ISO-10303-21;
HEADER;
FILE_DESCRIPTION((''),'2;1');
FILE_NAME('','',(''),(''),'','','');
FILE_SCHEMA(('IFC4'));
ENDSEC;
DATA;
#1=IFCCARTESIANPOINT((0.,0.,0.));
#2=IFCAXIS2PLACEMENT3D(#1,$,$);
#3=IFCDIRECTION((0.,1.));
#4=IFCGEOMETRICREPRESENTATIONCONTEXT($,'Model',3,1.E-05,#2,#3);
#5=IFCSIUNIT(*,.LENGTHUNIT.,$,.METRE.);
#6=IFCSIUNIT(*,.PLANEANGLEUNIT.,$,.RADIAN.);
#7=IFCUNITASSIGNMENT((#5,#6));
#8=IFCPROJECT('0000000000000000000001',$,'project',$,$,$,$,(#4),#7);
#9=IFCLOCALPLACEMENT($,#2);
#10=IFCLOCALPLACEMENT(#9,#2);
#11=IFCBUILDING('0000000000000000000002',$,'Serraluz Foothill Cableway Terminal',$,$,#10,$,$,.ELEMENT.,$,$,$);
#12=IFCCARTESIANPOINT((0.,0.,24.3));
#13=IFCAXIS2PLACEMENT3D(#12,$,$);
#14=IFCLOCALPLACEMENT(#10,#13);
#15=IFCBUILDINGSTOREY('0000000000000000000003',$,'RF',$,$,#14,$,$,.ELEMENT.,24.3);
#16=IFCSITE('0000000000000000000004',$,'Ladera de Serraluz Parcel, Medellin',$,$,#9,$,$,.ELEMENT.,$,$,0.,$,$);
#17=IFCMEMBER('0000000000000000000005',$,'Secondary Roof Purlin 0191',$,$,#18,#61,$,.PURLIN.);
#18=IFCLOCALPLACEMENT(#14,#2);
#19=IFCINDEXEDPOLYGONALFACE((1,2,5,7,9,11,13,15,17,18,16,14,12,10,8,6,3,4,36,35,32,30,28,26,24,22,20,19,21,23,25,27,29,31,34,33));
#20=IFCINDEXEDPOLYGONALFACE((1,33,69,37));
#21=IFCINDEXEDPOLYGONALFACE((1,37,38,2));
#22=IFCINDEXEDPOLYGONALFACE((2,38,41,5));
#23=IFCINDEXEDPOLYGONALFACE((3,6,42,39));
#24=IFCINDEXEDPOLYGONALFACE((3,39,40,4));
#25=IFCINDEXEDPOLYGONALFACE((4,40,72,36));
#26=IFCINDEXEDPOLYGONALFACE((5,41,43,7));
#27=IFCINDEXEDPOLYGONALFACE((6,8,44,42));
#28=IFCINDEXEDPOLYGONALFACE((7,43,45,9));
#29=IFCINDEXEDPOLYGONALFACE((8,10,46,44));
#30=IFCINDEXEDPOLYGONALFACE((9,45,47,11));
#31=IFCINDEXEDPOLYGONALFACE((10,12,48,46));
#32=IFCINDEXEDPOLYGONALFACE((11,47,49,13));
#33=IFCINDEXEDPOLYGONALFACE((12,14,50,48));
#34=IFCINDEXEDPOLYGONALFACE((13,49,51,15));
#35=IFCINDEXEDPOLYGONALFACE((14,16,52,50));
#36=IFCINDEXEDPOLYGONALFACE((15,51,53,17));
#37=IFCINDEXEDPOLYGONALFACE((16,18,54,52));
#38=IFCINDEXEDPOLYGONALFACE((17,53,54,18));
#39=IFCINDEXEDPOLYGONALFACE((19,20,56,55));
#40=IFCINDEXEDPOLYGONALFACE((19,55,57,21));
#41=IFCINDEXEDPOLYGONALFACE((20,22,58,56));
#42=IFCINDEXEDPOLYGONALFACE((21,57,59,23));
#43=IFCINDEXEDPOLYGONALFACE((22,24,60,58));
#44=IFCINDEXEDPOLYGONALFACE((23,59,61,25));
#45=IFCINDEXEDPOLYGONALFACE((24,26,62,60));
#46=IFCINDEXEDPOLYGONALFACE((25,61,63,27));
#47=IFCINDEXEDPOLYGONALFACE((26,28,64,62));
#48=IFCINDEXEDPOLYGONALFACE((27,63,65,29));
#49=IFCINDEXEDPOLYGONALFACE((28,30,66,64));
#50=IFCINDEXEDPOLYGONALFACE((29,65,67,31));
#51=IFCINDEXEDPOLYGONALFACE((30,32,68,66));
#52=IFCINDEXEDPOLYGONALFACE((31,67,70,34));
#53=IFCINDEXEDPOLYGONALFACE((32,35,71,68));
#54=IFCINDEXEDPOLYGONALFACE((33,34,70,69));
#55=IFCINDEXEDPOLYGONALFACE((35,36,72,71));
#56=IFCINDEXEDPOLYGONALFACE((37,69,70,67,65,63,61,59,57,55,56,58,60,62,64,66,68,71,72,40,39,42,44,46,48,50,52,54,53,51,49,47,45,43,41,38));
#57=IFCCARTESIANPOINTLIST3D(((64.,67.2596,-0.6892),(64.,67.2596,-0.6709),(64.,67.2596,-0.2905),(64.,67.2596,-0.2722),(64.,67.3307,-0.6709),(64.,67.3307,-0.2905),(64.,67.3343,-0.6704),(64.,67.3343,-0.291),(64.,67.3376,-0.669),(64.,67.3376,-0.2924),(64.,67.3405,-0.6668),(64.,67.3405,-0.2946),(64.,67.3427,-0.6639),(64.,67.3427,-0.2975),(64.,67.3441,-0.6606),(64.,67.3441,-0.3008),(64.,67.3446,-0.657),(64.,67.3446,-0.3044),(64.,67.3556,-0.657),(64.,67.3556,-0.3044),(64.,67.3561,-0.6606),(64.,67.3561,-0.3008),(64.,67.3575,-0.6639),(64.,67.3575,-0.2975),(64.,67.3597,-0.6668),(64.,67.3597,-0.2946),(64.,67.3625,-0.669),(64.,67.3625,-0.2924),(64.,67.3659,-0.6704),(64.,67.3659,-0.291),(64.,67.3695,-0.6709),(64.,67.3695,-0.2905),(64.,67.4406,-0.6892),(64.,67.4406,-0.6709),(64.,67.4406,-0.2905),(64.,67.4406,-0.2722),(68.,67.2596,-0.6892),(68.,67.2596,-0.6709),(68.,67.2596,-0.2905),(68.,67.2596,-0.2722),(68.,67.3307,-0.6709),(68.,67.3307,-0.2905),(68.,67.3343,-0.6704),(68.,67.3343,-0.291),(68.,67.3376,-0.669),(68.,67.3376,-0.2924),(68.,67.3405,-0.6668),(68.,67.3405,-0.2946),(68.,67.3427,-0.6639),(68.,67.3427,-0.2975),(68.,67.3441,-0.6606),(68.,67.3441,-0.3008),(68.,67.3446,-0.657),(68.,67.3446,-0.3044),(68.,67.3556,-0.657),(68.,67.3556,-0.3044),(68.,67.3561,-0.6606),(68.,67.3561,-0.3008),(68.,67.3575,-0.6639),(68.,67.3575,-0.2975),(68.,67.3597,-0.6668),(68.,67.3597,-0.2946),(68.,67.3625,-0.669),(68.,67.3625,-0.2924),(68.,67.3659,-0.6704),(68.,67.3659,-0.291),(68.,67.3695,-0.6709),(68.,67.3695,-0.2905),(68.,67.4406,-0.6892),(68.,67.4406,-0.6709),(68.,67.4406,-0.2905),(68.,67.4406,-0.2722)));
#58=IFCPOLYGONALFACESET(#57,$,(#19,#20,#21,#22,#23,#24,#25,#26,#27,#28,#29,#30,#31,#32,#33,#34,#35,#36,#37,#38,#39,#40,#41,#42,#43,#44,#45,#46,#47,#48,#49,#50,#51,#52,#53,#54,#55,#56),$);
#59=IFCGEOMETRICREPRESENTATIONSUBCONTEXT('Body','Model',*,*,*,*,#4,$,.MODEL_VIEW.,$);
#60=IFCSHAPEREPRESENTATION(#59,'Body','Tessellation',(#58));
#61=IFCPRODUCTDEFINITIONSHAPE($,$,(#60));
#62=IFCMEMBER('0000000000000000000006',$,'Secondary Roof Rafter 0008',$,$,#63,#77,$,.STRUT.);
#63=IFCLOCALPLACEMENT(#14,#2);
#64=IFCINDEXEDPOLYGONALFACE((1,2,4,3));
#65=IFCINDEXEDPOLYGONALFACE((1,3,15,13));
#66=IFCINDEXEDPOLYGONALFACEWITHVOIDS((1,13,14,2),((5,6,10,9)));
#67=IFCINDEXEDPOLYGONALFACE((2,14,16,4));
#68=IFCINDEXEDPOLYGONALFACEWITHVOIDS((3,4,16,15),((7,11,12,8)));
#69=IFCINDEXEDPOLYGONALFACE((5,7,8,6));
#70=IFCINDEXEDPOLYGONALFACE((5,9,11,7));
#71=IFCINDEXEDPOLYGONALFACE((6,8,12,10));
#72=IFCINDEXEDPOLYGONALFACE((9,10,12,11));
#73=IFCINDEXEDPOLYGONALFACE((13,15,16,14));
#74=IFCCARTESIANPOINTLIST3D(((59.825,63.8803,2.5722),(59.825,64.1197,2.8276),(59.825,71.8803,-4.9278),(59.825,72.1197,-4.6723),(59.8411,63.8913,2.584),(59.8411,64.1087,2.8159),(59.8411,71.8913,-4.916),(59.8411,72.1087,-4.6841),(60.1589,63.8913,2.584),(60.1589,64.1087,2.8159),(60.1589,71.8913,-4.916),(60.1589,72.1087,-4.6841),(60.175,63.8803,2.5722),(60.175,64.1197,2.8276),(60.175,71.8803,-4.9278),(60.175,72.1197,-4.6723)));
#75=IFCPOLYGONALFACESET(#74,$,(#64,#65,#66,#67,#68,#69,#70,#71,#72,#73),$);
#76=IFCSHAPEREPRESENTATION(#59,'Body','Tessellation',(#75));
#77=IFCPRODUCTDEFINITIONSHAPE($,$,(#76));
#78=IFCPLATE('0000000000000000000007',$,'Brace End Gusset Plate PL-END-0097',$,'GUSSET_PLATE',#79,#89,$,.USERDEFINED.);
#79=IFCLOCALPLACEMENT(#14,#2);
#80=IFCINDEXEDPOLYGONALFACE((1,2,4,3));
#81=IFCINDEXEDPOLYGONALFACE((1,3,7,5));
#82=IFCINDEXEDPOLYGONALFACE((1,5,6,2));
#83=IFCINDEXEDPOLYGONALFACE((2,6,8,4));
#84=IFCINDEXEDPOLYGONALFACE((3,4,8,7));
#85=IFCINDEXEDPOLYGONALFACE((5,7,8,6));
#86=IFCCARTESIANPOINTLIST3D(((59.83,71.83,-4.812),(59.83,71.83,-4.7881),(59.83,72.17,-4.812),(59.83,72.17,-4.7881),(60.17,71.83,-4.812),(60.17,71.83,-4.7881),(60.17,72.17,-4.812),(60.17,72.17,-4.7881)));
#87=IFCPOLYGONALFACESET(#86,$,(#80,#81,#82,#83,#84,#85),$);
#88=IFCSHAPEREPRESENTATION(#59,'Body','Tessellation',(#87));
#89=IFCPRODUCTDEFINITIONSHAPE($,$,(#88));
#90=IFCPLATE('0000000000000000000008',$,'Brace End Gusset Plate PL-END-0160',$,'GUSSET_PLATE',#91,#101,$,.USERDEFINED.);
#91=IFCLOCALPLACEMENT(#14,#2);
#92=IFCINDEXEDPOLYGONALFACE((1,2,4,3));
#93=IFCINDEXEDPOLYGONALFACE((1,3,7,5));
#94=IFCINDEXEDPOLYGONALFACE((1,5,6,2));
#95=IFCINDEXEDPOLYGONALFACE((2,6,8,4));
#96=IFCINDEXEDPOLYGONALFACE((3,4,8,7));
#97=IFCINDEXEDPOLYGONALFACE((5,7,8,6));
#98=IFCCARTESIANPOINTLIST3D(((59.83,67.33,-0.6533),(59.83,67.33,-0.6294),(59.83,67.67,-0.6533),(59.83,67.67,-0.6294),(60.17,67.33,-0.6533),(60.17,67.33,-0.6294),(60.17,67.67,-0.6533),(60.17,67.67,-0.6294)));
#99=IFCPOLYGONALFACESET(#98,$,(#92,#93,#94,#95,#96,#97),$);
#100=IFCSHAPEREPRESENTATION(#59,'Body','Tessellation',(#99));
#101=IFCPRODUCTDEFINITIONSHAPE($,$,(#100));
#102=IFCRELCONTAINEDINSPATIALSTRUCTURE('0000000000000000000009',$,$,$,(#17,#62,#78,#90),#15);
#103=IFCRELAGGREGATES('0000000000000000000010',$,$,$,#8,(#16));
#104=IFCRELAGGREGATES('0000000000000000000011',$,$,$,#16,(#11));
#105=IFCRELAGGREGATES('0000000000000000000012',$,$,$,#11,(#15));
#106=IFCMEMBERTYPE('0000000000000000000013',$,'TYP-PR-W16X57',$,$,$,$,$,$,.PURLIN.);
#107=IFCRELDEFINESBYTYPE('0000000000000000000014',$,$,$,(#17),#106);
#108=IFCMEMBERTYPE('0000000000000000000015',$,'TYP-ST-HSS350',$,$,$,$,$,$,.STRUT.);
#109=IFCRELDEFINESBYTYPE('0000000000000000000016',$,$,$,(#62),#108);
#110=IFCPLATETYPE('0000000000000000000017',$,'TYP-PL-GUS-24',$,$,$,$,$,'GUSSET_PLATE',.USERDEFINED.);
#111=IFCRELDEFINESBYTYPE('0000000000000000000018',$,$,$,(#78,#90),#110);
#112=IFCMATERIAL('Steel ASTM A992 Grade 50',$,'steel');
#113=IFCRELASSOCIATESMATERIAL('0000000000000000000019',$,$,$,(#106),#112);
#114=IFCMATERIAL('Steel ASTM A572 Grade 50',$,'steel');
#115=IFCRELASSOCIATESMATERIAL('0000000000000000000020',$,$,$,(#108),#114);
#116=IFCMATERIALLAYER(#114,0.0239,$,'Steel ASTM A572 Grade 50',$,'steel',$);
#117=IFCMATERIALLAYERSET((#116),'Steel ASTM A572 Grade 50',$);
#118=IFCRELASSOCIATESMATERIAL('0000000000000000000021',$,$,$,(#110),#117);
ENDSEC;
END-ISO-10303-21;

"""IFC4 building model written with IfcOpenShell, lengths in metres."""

from ifc_helpers import new_model, si_unit, direction, frame, origin, origin_2d, place, context, subcontext, project, spatial, rectangle, hollow_rectangle, i_section, extrude, material, layer, layer_set, material_profile, profile_set, type_object, element, save


model = new_model("IFC4")

# Units and contexts
model_context = context("Model", 3, precision=1e-05, world=origin(), true_north=direction((0.0, 1.0)))
body_context = subcontext(model_context, "Body", "Model", "MODEL_VIEW")
ifc_project = project(units=[si_unit("LENGTHUNIT", "METRE"), si_unit("PLANEANGLEUNIT", "RADIAN")], contexts=[model_context])

# Site, building, storey
site_placement = place(None, origin())
site = spatial("IfcSite", under=ifc_project, at=site_placement, Name="Ladera de Serraluz Parcel, Medellin", CompositionType="ELEMENT", RefElevation=0.0)
building_placement = place(site_placement, origin())
building = spatial("IfcBuilding", under=site, at=building_placement, Name="Serraluz Foothill Cableway Terminal", CompositionType="ELEMENT")
storey_placement = place(building_placement, frame((0.0, 0.0, 24.3)))
storey = spatial("IfcBuildingStorey", under=building, at=storey_placement, Name="RF", CompositionType="ELEMENT", Elevation=24.3)

# Members
ifc_material_1 = material(Name="Steel ASTM A572 Grade 50", Category="steel")
ifc_material_2 = material(Name="Steel ASTM A992 Grade 50", Category="steel")
ifc_material_profile_1 = material_profile(ifc_material_2, i_section(OverallWidth=0.1809, OverallDepth=0.417, WebThickness=0.011, FlangeThickness=0.0183, FilletRadius=0.0139, at=origin_2d()), Name="W16X57")
ifc_profile_set_1 = profile_set([ifc_material_profile_1], Name="Steel ASTM A992 Grade 50")
member_type_1 = type_object("IfcMemberType", Name="TYP-PR-W16X57", PredefinedType="PURLIN", material=ifc_profile_set_1)
for number, where, z_axis, x_axis, name in (
    (1, (64.0, 67.3501, -0.4807), (1.0, 0.0, 0.0), (0.0, 1.0, 0.0), "Secondary Roof Purlin 0191"),
):
    element("IfcMember", number, at=place(storey_placement, frame(where, z_axis=z_axis, x_axis=x_axis)), inside=storey, type_object=member_type_1, Name=name, PredefinedType="PURLIN", context=body_context, shape_type="SweptSolid", body=[
        extrude(i_section(OverallWidth=0.1809, OverallDepth=0.417, WebThickness=0.011, FlangeThickness=0.0183, FilletRadius=0.0139, at=origin_2d()), origin(), (0.0, 0.0, 1.0), 4.0),
    ])
ifc_material_profile_2 = material_profile(ifc_material_1, hollow_rectangle(XDim=0.3501, YDim=0.3501, WallThickness=0.0161, at=origin_2d()), Name="HSS350X350X16")
ifc_profile_set_2 = profile_set([ifc_material_profile_2], Name="Steel ASTM A572 Grade 50")
member_type_2 = type_object("IfcMemberType", Name="TYP-ST-HSS350", PredefinedType="STRUT", material=ifc_profile_set_2)
member_1_placement = place(storey_placement, frame((60.0, 72.0, -4.8), z_axis=(0.0, -0.729537, 0.683941), x_axis=(1.0, 0.0, 0.0)))
element("IfcMember", 2, at=member_1_placement, inside=storey, type_object=member_type_2, Name="Secondary Roof Rafter 0008", PredefinedType="STRUT", context=body_context, shape_type="SweptSolid", body=[
    extrude(hollow_rectangle(XDim=0.3501, YDim=0.3501, WallThickness=0.0161, at=origin_2d()), origin(), (0.0, 0.0, 1.0), 10.9658),
])

# Plates
ifc_layer = layer(ifc_material_1, 0.0239, Name="Steel ASTM A572 Grade 50", Category="steel")
ifc_layer_set = layer_set([ifc_layer], Name="Steel ASTM A572 Grade 50")
plate_type = type_object("IfcPlateType", Name="TYP-PL-GUS-24", ElementType="GUSSET_PLATE", PredefinedType="USERDEFINED", material=ifc_layer_set)
for number, where, z_axis, x_axis, name in (
    (3, (60.0, 72.0, -4.812), (0.0, 0.0, 1.0), (1.0, 0.0, 0.0), "Brace End Gusset Plate PL-END-0097"),
    (4, (60.0, 67.5, -0.6533), (0.0, 0.0, 1.0), (1.0, 0.0, 0.0), "Brace End Gusset Plate PL-END-0160"),
):
    element("IfcPlate", number, at=place(storey_placement, frame(where, z_axis=z_axis, x_axis=x_axis)), inside=storey, type_object=plate_type, Name=name, ObjectType="GUSSET_PLATE", PredefinedType="USERDEFINED", context=body_context, shape_type="SweptSolid", body=[
        extrude(rectangle(XDim=0.3401, YDim=0.3401, at=origin_2d()), origin(), (0.0, 0.0, 1.0), 0.0239),
    ])

save(model, "model.ifc")
